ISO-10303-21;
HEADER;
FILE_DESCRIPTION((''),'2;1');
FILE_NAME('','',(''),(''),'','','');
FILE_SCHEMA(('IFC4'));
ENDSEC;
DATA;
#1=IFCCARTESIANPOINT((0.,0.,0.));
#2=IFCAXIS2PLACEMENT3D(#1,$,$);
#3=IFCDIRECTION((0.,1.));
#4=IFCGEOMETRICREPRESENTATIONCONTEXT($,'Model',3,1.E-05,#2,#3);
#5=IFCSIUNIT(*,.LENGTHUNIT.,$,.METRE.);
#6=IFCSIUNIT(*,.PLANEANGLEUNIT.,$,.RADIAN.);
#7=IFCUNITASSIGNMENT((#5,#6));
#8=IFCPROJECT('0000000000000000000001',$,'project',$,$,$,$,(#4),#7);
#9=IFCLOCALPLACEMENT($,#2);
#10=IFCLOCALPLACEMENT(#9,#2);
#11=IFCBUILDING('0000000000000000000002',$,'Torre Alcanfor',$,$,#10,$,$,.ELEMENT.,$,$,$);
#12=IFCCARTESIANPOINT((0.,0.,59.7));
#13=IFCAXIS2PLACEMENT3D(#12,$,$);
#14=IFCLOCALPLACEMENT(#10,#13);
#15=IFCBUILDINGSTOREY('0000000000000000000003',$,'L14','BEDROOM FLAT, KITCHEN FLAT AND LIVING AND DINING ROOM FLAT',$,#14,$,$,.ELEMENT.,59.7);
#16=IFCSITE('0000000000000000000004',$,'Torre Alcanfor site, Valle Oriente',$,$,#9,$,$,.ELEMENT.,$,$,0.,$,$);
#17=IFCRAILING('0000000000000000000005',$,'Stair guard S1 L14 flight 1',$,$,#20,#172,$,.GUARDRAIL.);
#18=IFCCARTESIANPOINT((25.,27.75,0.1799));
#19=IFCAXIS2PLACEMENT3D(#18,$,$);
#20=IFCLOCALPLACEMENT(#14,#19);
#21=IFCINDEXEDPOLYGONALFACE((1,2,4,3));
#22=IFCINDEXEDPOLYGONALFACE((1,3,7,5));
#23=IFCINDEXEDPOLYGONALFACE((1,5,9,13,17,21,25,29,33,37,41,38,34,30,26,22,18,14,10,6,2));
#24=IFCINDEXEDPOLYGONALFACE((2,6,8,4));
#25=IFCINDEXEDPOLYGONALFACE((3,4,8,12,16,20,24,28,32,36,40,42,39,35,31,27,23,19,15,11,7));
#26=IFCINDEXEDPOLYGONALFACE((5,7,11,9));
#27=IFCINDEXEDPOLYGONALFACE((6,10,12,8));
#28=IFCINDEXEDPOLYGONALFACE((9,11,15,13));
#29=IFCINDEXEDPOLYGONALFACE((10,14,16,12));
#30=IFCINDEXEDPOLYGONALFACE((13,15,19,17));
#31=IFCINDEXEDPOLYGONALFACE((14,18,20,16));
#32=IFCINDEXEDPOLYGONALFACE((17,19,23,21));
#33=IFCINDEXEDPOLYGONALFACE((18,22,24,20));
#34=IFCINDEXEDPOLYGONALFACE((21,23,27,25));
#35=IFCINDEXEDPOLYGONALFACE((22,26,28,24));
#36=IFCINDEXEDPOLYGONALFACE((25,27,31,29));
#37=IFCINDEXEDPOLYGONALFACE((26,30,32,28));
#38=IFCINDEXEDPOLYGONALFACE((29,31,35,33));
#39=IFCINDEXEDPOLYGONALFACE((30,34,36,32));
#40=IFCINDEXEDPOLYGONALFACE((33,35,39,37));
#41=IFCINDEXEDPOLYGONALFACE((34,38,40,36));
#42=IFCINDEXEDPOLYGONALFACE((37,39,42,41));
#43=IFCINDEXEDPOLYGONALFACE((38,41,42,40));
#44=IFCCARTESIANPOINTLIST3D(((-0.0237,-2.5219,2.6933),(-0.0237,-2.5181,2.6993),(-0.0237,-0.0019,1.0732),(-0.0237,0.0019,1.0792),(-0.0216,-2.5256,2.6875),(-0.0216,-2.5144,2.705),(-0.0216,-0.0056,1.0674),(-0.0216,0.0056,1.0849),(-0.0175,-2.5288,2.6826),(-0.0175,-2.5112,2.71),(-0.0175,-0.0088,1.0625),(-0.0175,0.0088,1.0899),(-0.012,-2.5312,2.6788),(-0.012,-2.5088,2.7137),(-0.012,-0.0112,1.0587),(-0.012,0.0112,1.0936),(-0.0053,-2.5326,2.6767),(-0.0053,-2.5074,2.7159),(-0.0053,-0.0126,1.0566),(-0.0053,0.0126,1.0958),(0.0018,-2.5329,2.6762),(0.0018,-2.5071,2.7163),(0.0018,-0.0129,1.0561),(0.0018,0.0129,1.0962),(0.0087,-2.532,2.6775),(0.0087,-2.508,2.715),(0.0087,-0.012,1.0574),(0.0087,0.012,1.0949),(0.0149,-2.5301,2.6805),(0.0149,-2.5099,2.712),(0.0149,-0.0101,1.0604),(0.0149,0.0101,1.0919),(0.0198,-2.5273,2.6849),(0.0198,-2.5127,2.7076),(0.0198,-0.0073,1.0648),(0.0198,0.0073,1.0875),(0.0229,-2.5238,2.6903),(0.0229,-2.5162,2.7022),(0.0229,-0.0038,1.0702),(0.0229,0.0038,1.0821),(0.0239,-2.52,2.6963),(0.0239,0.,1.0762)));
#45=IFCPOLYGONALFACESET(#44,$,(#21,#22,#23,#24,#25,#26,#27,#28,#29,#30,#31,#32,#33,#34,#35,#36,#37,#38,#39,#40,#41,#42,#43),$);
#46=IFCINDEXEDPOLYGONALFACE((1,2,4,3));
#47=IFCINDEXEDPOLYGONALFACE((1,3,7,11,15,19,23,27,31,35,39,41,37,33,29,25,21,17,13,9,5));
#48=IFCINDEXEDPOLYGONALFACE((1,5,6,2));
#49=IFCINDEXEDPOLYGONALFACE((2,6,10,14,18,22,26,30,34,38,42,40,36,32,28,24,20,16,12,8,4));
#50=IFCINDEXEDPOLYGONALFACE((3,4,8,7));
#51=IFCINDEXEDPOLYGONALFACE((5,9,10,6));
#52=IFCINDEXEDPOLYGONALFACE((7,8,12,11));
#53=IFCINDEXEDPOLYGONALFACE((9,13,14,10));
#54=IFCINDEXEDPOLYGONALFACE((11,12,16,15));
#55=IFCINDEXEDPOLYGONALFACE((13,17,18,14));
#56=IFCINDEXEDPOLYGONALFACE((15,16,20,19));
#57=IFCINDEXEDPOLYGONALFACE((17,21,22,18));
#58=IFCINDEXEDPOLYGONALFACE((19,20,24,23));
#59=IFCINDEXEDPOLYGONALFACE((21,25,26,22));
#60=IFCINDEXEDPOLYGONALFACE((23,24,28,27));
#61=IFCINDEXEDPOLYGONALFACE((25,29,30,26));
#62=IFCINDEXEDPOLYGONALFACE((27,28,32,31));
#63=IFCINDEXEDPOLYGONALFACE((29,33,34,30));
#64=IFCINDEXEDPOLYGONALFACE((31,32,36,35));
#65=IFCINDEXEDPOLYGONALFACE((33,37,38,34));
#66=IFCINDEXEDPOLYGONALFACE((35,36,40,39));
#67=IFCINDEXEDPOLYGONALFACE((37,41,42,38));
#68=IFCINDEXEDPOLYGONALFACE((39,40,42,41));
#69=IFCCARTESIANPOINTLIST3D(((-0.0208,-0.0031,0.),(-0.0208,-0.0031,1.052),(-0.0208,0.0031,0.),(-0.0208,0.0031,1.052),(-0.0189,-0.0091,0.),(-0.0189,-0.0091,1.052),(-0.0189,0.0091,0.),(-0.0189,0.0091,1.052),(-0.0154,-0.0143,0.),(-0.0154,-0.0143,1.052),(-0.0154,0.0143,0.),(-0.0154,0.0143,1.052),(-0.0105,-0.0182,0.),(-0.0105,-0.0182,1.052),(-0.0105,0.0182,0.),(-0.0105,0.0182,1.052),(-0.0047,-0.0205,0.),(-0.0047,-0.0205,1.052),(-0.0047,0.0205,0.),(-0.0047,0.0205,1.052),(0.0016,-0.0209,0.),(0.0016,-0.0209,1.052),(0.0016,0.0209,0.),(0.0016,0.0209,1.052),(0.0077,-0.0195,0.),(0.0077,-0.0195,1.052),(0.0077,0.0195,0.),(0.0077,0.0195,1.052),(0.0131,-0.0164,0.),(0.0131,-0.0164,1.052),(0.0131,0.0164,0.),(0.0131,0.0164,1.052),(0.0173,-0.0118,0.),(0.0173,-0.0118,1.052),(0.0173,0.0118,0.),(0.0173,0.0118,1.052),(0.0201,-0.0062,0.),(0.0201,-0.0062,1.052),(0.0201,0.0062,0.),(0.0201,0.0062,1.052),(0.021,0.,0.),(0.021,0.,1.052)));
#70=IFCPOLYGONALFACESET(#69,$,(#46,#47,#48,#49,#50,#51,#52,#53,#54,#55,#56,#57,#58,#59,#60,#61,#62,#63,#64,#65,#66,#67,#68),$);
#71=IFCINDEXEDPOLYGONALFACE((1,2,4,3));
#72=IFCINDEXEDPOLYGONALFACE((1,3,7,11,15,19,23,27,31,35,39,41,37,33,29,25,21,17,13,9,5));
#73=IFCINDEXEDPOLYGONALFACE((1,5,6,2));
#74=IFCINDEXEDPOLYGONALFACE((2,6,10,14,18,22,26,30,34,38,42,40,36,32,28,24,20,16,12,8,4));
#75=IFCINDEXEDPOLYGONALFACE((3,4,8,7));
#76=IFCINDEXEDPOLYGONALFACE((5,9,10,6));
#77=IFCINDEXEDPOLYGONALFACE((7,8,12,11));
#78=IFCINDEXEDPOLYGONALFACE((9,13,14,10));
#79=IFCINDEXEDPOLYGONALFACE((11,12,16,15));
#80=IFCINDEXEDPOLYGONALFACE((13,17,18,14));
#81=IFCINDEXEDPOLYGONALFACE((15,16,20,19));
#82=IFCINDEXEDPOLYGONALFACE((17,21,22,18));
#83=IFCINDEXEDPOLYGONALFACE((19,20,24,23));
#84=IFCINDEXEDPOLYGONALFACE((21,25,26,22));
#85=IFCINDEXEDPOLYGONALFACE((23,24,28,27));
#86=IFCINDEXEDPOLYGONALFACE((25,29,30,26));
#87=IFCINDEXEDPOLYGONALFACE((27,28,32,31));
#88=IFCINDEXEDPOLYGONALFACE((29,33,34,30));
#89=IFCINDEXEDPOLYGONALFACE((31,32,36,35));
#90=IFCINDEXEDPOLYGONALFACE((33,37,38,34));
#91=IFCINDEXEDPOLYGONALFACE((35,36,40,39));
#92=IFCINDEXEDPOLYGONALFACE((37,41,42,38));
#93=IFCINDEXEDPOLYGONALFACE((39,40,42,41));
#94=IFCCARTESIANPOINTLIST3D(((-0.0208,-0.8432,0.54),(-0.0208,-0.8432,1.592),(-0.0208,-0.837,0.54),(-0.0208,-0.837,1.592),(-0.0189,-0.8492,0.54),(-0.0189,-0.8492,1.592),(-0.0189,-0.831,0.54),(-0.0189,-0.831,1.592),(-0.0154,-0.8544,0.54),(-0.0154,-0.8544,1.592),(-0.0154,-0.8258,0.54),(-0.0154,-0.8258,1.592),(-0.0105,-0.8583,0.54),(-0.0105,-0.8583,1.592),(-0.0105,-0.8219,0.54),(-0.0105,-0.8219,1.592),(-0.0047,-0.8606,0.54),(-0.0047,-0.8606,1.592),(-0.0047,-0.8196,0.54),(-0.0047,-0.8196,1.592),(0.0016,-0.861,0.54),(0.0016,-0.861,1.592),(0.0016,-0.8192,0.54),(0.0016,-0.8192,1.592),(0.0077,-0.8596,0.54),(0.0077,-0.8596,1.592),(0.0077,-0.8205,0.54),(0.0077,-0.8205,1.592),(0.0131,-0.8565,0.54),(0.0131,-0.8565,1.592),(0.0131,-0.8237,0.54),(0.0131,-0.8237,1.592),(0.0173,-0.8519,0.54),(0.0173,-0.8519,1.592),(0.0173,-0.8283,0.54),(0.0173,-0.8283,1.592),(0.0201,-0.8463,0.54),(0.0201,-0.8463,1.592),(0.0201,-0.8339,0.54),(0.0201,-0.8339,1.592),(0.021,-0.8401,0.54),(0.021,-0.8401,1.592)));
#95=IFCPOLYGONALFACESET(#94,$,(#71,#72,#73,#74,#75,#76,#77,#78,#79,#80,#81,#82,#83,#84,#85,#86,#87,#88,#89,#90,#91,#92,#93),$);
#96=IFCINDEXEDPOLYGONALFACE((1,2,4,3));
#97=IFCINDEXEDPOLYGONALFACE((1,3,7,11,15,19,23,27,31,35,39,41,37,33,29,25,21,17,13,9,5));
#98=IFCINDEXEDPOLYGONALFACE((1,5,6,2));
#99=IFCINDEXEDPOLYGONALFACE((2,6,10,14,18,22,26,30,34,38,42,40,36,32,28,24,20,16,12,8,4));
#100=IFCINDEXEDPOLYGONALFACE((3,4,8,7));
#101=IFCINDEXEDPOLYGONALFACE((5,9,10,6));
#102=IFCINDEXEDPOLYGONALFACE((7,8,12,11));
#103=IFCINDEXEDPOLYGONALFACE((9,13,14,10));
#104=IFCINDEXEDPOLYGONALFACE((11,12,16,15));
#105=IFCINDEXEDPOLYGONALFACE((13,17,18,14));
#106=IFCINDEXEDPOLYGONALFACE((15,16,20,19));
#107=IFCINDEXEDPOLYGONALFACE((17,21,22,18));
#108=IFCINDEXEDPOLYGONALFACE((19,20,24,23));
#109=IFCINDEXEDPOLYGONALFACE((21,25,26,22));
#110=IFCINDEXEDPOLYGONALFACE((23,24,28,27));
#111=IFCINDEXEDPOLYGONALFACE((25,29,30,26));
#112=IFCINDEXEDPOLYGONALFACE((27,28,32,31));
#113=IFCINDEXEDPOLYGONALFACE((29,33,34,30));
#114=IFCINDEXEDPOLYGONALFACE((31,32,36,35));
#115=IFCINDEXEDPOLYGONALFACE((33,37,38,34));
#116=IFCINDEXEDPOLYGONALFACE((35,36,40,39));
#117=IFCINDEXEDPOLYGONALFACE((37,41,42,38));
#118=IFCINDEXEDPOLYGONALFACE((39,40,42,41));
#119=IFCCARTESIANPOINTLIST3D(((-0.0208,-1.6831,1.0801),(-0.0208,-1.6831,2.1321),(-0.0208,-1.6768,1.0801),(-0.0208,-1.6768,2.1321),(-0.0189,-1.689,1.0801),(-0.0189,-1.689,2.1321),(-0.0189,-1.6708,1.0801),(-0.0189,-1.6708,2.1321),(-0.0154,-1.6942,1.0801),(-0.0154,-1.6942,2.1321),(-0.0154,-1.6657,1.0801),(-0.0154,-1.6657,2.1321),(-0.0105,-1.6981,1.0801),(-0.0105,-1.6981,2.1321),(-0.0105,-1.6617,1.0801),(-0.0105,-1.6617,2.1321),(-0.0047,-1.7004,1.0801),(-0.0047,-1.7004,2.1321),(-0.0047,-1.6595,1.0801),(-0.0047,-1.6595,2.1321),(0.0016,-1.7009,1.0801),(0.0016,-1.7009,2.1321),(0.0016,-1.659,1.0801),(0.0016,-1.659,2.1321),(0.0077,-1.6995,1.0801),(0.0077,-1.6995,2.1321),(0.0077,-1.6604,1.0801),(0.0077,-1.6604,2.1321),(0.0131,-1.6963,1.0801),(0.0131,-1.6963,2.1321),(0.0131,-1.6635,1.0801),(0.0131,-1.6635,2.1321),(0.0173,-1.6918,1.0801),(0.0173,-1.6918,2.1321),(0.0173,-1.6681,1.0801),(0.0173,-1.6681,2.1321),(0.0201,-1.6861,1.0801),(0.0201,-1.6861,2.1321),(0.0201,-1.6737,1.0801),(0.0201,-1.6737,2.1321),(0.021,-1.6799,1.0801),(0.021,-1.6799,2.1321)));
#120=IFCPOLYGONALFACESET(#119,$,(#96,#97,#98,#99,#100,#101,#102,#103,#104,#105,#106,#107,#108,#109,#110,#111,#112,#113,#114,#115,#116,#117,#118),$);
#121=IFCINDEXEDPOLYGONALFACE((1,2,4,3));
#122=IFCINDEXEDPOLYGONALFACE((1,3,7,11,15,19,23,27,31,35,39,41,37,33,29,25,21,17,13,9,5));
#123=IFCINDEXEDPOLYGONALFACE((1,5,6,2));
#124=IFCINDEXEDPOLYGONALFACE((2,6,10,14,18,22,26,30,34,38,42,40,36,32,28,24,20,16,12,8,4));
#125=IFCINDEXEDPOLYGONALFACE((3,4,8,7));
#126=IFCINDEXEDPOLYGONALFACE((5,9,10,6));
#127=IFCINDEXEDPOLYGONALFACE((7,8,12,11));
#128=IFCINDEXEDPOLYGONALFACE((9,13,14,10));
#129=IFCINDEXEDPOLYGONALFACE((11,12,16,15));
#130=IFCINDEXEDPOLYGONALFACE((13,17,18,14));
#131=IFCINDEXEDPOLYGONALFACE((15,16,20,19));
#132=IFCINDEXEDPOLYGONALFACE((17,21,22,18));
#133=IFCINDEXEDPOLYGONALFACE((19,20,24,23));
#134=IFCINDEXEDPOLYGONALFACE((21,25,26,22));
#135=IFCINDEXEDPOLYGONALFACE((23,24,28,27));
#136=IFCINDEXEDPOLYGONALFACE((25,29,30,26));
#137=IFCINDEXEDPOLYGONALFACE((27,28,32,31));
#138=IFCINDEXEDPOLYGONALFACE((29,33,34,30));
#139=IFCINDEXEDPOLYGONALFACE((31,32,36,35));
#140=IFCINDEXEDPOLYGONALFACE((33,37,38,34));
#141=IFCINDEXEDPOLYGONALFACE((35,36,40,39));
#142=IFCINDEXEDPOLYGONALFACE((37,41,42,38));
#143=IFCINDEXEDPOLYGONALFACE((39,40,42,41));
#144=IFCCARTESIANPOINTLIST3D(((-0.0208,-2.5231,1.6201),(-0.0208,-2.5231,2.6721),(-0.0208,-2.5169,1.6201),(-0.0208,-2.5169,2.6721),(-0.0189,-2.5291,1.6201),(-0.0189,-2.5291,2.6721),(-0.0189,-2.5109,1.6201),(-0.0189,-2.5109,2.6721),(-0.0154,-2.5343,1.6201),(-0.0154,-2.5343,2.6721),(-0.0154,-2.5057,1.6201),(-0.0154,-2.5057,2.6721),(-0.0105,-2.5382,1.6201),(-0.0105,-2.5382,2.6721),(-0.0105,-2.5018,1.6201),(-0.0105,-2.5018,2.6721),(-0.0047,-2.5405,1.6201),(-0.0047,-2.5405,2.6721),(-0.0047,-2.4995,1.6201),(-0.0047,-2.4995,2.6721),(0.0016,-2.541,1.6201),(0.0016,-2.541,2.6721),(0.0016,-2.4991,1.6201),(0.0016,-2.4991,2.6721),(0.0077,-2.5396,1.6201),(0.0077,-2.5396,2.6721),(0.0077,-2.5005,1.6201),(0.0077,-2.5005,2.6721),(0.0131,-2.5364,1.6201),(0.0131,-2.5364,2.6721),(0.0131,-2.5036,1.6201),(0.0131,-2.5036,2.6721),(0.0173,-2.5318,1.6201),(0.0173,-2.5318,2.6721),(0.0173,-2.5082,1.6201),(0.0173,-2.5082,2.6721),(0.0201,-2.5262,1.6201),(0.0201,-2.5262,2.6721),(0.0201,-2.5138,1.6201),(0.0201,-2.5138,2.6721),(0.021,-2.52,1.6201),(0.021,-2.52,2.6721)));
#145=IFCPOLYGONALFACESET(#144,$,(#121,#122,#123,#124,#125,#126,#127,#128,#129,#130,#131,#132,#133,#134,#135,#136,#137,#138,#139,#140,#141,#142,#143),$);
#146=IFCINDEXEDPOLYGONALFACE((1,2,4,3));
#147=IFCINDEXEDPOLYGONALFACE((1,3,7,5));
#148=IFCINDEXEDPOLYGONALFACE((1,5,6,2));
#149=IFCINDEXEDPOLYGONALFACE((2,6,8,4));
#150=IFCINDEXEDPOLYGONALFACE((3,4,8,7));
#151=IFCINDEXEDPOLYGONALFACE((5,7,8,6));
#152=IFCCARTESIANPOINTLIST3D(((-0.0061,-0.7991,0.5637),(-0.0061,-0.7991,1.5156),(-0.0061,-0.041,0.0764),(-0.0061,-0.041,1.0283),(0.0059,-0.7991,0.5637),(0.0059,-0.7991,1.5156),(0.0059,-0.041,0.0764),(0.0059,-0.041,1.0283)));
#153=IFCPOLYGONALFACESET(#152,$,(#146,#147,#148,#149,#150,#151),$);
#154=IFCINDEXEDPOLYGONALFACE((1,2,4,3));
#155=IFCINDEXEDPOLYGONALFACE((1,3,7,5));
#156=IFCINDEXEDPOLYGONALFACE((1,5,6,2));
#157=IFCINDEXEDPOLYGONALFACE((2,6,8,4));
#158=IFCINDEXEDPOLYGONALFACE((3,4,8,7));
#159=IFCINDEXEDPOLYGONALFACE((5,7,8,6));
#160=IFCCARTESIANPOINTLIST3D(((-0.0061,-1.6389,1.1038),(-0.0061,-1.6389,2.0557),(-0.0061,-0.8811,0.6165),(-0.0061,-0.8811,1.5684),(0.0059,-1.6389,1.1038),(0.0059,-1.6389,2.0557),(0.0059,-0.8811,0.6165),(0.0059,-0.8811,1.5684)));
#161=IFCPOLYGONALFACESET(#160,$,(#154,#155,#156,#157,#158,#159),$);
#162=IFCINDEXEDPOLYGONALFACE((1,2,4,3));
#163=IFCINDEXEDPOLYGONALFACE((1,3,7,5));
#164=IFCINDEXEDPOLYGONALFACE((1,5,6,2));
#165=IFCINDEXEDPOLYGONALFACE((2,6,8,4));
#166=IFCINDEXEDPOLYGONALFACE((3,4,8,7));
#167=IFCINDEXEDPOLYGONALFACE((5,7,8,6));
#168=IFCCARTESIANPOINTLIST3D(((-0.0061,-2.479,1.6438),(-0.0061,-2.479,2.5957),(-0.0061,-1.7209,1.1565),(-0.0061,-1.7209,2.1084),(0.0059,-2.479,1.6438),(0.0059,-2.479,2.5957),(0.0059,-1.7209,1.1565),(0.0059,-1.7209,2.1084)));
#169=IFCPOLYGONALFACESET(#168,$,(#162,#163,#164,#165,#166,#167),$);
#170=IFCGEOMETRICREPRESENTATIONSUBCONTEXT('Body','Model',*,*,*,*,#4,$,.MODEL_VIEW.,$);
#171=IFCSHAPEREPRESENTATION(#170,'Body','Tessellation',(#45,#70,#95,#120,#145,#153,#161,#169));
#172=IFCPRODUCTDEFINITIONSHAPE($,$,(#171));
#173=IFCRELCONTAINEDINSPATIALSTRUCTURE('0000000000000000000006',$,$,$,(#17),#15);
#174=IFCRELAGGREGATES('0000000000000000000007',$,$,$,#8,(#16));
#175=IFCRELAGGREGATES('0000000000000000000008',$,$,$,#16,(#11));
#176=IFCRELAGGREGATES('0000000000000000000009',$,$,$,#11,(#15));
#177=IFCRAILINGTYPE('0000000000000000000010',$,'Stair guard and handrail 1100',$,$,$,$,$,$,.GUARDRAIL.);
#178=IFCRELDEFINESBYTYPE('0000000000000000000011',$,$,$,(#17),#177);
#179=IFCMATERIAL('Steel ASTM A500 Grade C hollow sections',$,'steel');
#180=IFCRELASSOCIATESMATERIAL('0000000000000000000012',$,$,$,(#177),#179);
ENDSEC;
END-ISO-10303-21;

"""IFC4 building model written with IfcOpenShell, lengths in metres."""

from ifc_helpers import new_model, si_unit, direction, frame, origin, origin_2d, place, context, subcontext, project, spatial, polyline, circle, outline, extrude, material, type_object, element, save


model = new_model("IFC4")

# Units and contexts
model_context = context("Model", 3, precision=1e-05, world=origin(), true_north=direction((0.0, 1.0)))
body_context = subcontext(model_context, "Body", "Model", "MODEL_VIEW")
ifc_project = project(units=[si_unit("LENGTHUNIT", "METRE"), si_unit("PLANEANGLEUNIT", "RADIAN")], contexts=[model_context])

# Site, building, storey
site_placement = place(None, origin())
site = spatial("IfcSite", under=ifc_project, at=site_placement, Name="Torre Alcanfor site, Valle Oriente", CompositionType="ELEMENT", RefElevation=0.0)
building_placement = place(site_placement, origin())
building = spatial("IfcBuilding", under=site, at=building_placement, Name="Torre Alcanfor", CompositionType="ELEMENT")
storey_placement = place(building_placement, frame((0.0, 0.0, 59.7)))
storey = spatial("IfcBuildingStorey", under=building, at=storey_placement, Name="L14", Description="BEDROOM FLAT, KITCHEN FLAT AND LIVING AND DINING ROOM FLAT", CompositionType="ELEMENT", Elevation=59.7)

# Railing
ifc_material_1 = material(Name="Steel ASTM A500 Grade C hollow sections", Category="steel")
railing_type_1 = type_object("IfcRailingType", Name="Stair guard and handrail 1100", PredefinedType="GUARDRAIL", material=ifc_material_1)
railing_1_placement = place(storey_placement, frame((25.0, 27.75, 0.1799)))
element("IfcRailing", 1, at=railing_1_placement, inside=storey, type_object=railing_type_1, Name="Stair guard S1 L14 flight 1", PredefinedType="GUARDRAIL", context=body_context, shape_type="SweptSolid", body=[
    extrude(circle(Radius=0.0239, at=origin_2d()), frame((0.0, 0.0, 1.0762), z_axis=(0.0, -0.841163, 0.540782), x_axis=(1.0, 0.0, 0.0)), (0.0, 0.0, 1.0), 2.9958),
    extrude(circle(Radius=0.021, at=origin_2d()), origin(), (0.0, 0.0, 1.0), 1.052),
    extrude(circle(Radius=0.021, at=origin_2d()), frame((0.0, -0.8401, 0.54)), (0.0, 0.0, 1.0), 1.052),
    extrude(circle(Radius=0.021, at=origin_2d()), frame((0.0, -1.6799, 1.0801)), (0.0, 0.0, 1.0), 1.052),
    extrude(circle(Radius=0.021, at=origin_2d()), frame((0.0, -2.52, 1.6201)), (0.0, 0.0, 1.0), 1.052),
    extrude(outline(polyline([(0.041, 0.0764), (0.7991, 0.5637), (0.7991, 1.5156), (0.041, 1.0283), (0.041, 0.0764)])), frame((0.0059, 0.0, 0.0), z_axis=(-1.0, 0.0, 0.0), x_axis=(0.0, -1.0, 0.0)), (0.0, 0.0, 1.0), 0.012),
    extrude(outline(polyline([(0.8811, 0.6165), (1.6389, 1.1038), (1.6389, 2.0557), (0.8811, 1.5684), (0.8811, 0.6165)])), frame((0.0059, 0.0, 0.0), z_axis=(-1.0, 0.0, 0.0), x_axis=(0.0, -1.0, 0.0)), (0.0, 0.0, 1.0), 0.012),
    extrude(outline(polyline([(1.7209, 1.1565), (2.479, 1.6438), (2.479, 2.5957), (1.7209, 2.1084), (1.7209, 1.1565)])), frame((0.0059, 0.0, 0.0), z_axis=(-1.0, 0.0, 0.0), x_axis=(0.0, -1.0, 0.0)), (0.0, 0.0, 1.0), 0.012),
])

save(model, "model.ifc")
